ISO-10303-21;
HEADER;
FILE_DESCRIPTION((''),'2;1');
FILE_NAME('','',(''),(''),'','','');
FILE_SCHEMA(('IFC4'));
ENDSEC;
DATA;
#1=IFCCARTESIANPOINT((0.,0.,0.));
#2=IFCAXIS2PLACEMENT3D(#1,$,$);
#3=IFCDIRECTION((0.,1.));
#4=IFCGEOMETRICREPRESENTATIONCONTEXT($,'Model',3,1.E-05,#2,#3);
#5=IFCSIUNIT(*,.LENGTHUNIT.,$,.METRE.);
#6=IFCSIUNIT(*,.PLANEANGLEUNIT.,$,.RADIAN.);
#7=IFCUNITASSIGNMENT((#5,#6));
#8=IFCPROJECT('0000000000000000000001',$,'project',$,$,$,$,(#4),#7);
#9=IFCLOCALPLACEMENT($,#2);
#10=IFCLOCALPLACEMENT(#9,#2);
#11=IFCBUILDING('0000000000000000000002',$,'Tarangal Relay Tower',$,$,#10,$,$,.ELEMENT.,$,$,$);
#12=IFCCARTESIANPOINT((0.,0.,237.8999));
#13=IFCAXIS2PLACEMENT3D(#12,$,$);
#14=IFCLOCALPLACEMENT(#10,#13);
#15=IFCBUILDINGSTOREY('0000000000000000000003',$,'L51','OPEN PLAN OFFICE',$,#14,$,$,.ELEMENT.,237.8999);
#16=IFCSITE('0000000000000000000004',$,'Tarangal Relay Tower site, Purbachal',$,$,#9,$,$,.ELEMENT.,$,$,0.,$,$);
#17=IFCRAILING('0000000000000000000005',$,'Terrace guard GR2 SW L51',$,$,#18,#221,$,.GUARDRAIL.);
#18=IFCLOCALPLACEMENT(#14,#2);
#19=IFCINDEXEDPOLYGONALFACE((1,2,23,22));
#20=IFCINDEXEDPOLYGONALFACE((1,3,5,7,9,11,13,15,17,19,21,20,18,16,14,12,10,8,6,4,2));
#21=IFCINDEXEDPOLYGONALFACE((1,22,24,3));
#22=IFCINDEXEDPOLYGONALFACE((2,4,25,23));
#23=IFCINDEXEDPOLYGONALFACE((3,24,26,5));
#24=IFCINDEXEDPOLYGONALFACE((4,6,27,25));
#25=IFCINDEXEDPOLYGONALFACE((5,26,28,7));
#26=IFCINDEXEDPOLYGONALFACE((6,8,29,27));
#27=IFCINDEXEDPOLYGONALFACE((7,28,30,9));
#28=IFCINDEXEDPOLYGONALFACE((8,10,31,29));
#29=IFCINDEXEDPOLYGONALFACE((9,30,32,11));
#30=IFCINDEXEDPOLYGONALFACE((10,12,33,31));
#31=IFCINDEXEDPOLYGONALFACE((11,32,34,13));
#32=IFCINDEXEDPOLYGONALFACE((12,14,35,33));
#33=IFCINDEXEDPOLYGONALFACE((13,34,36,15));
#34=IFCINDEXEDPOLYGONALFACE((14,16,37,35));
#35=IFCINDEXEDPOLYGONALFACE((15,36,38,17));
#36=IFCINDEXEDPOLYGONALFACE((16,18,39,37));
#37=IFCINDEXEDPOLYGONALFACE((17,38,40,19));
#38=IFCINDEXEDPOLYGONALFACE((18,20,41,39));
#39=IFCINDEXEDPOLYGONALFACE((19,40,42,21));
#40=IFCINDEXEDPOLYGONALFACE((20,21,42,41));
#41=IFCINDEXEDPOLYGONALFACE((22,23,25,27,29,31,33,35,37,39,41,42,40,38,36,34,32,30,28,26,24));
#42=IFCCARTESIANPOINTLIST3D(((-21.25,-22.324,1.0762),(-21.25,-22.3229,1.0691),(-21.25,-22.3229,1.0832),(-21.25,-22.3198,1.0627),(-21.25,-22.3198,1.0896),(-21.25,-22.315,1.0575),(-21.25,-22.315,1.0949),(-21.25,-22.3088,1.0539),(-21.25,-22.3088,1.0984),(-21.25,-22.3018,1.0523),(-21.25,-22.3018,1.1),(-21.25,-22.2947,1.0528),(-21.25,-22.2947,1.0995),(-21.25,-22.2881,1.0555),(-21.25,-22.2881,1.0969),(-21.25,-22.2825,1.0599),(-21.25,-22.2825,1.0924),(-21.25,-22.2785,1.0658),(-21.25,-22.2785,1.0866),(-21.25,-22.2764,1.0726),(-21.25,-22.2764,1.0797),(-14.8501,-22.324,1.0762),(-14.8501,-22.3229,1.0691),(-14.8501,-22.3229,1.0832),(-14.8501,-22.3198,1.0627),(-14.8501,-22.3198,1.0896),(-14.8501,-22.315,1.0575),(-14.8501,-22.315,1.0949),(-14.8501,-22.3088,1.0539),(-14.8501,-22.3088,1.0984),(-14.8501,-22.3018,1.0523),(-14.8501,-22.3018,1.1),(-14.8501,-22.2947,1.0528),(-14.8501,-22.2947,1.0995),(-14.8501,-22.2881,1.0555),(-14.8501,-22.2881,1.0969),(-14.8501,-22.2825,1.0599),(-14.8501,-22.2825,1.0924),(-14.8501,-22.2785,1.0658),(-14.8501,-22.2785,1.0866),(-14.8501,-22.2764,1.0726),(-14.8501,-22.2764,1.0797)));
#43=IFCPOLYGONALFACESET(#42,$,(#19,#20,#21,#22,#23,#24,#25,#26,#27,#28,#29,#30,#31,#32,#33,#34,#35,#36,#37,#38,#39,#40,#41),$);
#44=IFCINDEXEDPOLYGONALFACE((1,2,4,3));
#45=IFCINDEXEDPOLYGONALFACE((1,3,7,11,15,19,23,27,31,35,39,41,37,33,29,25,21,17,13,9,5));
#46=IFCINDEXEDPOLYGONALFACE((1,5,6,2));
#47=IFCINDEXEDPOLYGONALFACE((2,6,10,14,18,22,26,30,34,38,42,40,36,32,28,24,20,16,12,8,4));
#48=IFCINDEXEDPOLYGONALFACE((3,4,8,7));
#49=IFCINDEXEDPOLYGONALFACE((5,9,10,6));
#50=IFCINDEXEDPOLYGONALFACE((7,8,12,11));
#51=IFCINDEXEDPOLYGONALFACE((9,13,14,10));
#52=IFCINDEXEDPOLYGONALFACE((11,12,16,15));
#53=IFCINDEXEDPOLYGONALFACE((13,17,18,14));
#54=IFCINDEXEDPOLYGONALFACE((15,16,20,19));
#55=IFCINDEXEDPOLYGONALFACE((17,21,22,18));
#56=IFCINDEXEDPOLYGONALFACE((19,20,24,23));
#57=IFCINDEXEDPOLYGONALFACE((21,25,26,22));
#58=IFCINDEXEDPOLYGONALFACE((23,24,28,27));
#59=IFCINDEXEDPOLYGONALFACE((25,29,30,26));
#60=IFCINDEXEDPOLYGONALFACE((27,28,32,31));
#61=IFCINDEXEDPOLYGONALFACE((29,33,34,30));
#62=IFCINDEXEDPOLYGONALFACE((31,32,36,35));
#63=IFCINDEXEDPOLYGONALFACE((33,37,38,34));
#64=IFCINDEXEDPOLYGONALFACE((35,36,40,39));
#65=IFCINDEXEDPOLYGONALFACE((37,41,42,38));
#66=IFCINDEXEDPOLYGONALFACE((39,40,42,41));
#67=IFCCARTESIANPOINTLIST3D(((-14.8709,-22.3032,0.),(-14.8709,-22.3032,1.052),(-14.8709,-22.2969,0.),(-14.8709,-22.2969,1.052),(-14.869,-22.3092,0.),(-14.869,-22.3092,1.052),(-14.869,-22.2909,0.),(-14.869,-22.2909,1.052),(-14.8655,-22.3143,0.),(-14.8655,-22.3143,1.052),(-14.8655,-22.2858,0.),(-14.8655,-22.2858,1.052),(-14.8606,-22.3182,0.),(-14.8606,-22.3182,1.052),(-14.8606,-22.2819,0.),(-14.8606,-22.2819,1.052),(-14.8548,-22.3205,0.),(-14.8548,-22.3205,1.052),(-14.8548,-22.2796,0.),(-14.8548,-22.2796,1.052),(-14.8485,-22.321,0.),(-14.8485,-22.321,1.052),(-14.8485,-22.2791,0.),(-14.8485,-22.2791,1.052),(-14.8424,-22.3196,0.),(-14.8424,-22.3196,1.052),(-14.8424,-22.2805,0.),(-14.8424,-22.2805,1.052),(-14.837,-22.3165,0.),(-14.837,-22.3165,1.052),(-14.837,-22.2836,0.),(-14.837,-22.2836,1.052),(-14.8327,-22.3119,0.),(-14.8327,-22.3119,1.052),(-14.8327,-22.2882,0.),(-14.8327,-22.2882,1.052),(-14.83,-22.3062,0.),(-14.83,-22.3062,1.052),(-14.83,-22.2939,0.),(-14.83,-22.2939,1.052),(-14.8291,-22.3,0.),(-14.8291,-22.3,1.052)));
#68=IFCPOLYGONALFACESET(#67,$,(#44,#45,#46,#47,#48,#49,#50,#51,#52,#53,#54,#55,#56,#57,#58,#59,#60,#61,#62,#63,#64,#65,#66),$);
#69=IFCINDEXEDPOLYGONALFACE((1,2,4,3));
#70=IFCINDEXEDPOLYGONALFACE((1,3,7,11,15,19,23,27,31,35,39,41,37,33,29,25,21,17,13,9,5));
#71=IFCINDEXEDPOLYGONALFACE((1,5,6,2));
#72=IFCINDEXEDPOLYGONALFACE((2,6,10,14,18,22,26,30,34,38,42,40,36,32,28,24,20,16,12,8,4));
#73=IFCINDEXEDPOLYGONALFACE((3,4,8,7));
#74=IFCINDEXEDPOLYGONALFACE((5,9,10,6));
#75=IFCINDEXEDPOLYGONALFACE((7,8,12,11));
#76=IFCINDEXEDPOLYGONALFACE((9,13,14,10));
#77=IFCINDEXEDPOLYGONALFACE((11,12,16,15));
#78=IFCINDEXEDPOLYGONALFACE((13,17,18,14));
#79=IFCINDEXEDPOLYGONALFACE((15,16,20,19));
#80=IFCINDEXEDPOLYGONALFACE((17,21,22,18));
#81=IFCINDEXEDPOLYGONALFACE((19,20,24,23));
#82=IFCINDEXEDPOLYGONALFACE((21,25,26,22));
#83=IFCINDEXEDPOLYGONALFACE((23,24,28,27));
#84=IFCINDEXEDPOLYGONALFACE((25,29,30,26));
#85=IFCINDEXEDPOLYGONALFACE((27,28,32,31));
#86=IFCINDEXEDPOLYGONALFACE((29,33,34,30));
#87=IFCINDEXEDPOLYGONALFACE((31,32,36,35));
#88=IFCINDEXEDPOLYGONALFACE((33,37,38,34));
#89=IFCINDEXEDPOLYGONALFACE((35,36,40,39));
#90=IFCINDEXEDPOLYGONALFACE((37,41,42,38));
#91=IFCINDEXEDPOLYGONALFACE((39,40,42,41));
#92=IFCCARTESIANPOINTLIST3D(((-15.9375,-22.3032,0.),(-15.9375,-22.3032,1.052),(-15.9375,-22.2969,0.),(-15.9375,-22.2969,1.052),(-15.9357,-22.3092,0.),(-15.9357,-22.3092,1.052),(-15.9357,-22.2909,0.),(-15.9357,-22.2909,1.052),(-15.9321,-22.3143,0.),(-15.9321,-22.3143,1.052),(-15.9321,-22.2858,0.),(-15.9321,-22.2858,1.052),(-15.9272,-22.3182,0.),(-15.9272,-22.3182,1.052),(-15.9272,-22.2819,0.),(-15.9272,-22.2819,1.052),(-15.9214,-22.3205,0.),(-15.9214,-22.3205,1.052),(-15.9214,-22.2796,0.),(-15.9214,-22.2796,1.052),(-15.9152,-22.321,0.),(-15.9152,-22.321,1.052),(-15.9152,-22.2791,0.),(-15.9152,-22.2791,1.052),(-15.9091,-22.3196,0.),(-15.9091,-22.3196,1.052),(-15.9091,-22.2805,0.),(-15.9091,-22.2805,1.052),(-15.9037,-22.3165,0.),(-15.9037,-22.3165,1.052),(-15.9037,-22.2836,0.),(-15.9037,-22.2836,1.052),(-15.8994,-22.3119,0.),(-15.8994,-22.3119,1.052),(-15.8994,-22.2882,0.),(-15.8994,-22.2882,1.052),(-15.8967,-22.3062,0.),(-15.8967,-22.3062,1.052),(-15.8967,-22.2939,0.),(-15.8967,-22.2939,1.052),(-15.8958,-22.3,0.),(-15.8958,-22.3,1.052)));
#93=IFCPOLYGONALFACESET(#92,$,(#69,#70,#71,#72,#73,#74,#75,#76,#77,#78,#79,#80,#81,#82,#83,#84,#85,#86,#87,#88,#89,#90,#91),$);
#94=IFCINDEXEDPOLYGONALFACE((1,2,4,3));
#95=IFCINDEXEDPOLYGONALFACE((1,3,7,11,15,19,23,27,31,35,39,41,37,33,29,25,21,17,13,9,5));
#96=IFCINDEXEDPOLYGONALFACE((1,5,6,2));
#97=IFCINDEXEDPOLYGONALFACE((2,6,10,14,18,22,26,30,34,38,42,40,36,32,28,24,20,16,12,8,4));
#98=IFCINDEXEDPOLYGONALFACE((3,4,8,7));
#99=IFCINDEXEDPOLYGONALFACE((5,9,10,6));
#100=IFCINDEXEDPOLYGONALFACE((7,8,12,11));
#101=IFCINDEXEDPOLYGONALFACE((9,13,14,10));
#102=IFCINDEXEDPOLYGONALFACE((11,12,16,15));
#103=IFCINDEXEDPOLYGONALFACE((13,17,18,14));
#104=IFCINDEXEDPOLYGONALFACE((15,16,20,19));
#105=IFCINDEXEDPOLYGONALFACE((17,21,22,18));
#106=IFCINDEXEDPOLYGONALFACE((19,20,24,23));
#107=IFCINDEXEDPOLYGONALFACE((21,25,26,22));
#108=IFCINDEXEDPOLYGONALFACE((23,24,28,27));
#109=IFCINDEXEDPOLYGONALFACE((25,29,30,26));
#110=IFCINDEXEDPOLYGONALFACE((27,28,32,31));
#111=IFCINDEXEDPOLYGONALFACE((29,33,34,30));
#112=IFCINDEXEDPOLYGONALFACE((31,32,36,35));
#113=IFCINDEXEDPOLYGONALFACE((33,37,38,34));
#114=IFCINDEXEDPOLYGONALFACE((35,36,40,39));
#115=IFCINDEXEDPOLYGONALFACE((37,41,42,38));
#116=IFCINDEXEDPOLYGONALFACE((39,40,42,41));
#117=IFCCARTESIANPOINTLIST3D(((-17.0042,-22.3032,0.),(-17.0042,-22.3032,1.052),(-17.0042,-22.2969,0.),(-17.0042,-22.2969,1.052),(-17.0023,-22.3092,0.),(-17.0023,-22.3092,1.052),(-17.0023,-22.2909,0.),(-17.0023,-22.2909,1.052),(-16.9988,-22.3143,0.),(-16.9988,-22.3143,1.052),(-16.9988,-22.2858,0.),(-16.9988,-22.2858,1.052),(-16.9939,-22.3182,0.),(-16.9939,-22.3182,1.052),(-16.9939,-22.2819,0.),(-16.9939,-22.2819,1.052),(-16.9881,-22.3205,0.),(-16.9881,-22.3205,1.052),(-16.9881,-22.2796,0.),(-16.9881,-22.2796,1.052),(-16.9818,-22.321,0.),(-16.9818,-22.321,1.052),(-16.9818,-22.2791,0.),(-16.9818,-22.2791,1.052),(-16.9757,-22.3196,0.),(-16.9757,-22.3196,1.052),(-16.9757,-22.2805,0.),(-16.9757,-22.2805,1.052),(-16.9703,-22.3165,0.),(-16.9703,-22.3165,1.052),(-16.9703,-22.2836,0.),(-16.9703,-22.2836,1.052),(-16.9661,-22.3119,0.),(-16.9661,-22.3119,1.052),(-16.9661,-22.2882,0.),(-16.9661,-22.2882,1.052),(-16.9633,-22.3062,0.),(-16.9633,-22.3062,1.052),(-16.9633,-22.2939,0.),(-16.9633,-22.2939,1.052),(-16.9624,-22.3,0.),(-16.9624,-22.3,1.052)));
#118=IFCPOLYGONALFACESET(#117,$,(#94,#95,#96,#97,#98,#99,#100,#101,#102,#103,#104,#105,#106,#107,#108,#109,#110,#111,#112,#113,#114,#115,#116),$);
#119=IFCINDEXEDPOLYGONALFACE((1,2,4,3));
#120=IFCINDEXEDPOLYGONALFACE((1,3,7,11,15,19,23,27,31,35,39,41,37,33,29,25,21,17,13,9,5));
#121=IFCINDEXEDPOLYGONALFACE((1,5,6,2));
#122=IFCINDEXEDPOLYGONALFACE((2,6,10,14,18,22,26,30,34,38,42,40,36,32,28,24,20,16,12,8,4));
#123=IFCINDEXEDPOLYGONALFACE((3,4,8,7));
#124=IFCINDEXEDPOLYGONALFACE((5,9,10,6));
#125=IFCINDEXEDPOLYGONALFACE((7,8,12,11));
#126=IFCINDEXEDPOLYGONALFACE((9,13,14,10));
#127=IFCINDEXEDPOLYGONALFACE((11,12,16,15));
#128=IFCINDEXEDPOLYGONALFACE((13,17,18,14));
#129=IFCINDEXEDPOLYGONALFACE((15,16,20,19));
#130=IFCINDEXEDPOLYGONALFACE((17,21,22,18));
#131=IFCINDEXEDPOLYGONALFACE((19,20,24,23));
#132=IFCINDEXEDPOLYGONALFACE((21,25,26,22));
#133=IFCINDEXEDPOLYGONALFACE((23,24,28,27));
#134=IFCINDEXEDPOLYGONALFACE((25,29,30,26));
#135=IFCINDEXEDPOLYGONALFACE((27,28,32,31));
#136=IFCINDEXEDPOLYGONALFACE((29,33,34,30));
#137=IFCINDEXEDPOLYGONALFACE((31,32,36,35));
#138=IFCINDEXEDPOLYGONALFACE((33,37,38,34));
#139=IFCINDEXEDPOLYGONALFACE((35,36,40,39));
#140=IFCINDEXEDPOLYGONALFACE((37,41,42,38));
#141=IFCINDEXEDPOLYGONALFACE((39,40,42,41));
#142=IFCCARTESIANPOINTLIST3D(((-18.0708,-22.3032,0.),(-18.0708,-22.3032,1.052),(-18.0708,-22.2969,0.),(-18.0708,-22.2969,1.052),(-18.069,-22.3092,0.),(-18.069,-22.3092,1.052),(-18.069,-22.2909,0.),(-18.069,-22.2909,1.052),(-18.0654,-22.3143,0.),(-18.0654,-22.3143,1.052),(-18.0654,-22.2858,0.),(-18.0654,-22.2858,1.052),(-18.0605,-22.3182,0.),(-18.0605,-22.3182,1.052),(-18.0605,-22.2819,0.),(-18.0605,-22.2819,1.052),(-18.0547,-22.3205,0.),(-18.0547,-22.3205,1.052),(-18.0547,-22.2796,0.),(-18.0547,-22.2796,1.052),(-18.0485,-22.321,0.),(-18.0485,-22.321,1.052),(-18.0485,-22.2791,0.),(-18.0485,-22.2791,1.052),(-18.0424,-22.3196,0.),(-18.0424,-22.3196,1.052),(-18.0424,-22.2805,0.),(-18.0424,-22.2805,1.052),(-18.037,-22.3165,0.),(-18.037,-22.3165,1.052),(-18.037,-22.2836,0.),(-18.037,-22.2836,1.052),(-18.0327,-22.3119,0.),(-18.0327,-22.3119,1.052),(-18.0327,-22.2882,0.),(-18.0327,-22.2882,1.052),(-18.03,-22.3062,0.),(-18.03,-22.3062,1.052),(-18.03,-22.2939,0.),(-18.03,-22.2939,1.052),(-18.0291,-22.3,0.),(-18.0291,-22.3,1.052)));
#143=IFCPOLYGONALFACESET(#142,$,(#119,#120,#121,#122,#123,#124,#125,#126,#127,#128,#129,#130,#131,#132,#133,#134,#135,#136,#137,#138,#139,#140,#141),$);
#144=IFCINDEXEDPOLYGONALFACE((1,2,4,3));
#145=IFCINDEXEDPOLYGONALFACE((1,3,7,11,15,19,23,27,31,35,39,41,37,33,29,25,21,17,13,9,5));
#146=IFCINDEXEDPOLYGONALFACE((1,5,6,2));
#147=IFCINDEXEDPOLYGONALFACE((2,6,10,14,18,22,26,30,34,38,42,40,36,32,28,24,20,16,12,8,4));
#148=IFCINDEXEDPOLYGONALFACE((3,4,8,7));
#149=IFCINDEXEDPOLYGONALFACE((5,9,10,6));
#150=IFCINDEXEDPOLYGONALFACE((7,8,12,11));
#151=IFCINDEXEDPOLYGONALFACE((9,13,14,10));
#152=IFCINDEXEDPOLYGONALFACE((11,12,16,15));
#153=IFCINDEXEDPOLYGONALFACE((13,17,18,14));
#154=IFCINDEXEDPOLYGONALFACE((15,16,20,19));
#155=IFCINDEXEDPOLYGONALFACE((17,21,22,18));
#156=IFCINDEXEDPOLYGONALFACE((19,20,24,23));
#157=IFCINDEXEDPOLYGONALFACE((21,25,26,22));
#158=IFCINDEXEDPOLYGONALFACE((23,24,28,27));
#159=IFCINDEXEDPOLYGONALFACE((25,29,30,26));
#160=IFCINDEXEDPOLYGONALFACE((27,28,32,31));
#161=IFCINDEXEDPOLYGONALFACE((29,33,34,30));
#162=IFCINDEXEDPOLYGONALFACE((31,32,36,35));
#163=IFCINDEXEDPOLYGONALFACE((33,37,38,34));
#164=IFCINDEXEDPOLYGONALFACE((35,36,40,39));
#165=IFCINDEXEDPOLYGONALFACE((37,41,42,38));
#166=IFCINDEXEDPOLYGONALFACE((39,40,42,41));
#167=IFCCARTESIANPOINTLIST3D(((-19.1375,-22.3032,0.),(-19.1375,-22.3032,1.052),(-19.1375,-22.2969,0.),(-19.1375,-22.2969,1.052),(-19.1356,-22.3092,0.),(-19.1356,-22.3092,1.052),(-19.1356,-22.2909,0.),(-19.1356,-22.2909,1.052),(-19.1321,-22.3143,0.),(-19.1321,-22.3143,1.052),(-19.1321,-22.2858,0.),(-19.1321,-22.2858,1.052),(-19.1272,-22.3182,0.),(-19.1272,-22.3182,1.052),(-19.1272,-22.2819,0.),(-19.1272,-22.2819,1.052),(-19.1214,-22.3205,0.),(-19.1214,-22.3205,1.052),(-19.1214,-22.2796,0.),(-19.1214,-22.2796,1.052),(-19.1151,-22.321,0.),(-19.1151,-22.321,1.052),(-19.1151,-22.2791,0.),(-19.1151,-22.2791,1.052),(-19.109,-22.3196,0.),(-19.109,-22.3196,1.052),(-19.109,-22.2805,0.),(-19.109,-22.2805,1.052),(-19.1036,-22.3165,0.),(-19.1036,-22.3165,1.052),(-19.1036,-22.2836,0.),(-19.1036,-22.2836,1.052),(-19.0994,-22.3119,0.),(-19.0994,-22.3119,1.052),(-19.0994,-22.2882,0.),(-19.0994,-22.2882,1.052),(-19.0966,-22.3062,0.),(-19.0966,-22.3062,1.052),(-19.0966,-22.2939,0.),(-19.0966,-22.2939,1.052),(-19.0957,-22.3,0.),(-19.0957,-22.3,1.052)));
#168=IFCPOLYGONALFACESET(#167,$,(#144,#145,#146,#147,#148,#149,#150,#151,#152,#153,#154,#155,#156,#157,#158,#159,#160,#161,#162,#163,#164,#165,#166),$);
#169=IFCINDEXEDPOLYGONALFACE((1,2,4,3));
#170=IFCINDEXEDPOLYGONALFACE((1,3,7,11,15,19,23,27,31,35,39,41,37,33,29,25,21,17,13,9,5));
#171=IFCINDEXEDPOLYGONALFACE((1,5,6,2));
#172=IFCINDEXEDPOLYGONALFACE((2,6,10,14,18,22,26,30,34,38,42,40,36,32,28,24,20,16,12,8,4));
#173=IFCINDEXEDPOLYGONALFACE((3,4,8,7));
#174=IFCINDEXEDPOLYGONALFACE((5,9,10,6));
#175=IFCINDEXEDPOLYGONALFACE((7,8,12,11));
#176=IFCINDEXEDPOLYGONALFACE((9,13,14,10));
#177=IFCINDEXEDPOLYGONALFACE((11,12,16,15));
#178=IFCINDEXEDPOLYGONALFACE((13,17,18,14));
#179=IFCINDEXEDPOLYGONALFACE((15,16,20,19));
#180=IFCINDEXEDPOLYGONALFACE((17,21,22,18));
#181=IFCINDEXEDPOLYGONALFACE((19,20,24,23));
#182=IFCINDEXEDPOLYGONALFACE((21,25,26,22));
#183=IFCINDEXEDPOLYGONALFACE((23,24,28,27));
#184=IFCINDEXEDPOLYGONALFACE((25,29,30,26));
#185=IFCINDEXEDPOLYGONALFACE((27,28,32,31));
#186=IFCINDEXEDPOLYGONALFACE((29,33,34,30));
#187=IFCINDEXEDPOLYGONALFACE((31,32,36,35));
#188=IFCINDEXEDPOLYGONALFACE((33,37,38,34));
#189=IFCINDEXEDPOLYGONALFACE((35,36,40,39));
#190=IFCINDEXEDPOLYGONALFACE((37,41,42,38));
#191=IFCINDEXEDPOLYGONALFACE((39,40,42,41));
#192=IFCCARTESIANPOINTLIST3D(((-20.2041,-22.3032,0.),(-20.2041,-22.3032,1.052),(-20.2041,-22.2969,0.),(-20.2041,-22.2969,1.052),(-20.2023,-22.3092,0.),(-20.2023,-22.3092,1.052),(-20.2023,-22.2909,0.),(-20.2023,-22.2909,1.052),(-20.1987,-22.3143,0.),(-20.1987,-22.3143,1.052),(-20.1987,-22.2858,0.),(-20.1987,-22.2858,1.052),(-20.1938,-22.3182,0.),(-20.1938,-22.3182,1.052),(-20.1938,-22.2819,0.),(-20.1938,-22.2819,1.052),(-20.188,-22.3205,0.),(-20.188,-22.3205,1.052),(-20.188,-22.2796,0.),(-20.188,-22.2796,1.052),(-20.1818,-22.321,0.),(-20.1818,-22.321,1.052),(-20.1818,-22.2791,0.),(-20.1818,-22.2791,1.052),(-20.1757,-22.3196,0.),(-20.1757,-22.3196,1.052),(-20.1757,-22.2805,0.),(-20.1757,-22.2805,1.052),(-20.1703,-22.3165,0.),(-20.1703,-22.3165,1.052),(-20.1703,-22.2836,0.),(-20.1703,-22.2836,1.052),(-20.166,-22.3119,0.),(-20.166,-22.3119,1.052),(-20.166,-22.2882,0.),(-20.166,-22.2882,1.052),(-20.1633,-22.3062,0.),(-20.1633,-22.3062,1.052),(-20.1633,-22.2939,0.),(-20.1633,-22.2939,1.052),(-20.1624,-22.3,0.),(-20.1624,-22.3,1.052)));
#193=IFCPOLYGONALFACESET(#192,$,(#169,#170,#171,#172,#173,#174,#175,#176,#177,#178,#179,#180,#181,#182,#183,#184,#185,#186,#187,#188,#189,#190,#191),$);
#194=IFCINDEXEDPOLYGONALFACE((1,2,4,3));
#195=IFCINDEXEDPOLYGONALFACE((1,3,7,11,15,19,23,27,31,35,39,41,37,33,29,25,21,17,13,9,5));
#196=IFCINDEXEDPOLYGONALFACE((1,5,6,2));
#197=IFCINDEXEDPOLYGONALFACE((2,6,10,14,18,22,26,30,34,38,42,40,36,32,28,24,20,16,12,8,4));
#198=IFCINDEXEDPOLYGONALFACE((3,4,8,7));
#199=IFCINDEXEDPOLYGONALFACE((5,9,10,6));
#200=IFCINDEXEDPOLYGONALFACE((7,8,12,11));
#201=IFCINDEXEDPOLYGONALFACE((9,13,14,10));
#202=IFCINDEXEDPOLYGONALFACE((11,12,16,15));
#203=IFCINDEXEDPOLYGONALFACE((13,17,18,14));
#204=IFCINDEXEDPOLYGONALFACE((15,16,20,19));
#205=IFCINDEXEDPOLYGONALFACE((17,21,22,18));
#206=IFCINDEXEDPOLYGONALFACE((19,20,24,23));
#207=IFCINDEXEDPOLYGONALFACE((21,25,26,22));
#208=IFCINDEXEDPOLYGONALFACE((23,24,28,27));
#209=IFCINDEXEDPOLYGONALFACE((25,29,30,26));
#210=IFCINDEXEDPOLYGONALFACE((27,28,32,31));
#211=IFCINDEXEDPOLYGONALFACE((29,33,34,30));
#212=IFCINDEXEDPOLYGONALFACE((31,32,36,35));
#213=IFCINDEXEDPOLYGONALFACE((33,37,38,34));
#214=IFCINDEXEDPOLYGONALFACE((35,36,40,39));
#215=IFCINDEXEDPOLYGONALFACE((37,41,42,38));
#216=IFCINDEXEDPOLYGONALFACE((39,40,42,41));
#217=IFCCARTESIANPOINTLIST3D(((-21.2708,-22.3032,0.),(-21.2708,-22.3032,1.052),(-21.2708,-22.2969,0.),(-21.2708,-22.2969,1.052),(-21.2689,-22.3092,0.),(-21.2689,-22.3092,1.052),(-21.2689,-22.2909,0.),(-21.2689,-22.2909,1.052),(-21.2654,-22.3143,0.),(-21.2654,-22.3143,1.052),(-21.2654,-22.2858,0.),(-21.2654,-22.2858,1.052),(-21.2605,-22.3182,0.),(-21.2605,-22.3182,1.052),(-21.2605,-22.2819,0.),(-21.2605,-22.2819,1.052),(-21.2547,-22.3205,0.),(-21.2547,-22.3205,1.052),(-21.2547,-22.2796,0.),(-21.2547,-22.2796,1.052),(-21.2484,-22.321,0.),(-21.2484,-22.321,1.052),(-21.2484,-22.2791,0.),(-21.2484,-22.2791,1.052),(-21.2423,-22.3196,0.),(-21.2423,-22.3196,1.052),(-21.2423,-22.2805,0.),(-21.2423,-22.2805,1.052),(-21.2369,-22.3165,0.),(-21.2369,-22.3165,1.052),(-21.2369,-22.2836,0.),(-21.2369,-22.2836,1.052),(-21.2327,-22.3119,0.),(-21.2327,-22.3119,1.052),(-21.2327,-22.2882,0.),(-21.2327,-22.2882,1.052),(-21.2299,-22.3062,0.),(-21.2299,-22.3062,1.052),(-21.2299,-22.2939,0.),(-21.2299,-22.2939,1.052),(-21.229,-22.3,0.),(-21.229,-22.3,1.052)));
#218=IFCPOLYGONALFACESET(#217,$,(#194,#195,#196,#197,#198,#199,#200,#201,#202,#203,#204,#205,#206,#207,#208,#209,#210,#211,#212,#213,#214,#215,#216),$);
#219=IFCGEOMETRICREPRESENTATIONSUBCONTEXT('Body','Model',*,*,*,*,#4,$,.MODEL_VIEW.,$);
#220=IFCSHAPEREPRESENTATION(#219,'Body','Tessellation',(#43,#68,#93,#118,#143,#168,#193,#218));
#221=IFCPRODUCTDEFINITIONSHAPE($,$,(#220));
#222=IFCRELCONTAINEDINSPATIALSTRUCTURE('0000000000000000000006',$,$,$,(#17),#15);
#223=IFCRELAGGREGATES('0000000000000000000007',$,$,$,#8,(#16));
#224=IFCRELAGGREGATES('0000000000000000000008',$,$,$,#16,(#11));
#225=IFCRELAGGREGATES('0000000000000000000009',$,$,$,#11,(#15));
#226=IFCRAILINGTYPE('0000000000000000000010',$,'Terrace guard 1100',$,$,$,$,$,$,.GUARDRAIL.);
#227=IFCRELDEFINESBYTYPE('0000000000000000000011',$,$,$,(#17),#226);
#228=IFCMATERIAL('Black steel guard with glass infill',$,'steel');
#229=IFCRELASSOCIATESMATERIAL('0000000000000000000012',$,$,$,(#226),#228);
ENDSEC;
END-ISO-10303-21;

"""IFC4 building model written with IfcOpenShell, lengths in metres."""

from ifc_helpers import new_model, si_unit, direction, frame, origin, origin_2d, place, context, subcontext, project, spatial, circle, extrude, material, type_object, element, save


model = new_model("IFC4")

# Units and contexts
model_context = context("Model", 3, precision=1e-05, world=origin(), true_north=direction((0.0, 1.0)))
body_context = subcontext(model_context, "Body", "Model", "MODEL_VIEW")
ifc_project = project(units=[si_unit("LENGTHUNIT", "METRE"), si_unit("PLANEANGLEUNIT", "RADIAN")], contexts=[model_context])

# Site, building, storey
site_placement = place(None, origin())
site = spatial("IfcSite", under=ifc_project, at=site_placement, Name="Tarangal Relay Tower site, Purbachal", CompositionType="ELEMENT", RefElevation=0.0)
building_placement = place(site_placement, origin())
building = spatial("IfcBuilding", under=site, at=building_placement, Name="Tarangal Relay Tower", CompositionType="ELEMENT")
storey_placement = place(building_placement, frame((0.0, 0.0, 237.8999)))
storey = spatial("IfcBuildingStorey", under=building, at=storey_placement, Name="L51", Description="OPEN PLAN OFFICE", CompositionType="ELEMENT", Elevation=237.8999)

# Railing
ifc_material_1 = material(Name="Black steel guard with glass infill", Category="steel")
railing_type = type_object("IfcRailingType", Name="Terrace guard 1100", PredefinedType="GUARDRAIL", material=ifc_material_1)
railing_1_placement = place(storey_placement, frame((-14.8501, -22.3, 0.0)))
element("IfcRailing", 1, at=railing_1_placement, inside=storey, type_object=railing_type, Name="Terrace guard GR2 SW L51", PredefinedType="GUARDRAIL", context=body_context, shape_type="SweptSolid", body=[
    extrude(circle(Radius=0.0239, at=origin_2d()), frame((0.0, 0.0, 1.0762), z_axis=(-1.0, 0.0, 0.0), x_axis=(0.0, -1.0, 0.0)), (0.0, 0.0, 1.0), 6.3999),
    extrude(circle(Radius=0.021, at=origin_2d()), origin(), (0.0, 0.0, 1.0), 1.052),
    extrude(circle(Radius=0.021, at=origin_2d()), frame((-1.0667, 0.0, 0.0)), (0.0, 0.0, 1.0), 1.052),
    extrude(circle(Radius=0.021, at=origin_2d()), frame((-2.1333, 0.0, 0.0)), (0.0, 0.0, 1.0), 1.052),
    extrude(circle(Radius=0.021, at=origin_2d()), frame((-3.2, 0.0, 0.0)), (0.0, 0.0, 1.0), 1.052),
    extrude(circle(Radius=0.021, at=origin_2d()), frame((-4.2666, 0.0, 0.0)), (0.0, 0.0, 1.0), 1.052),
    extrude(circle(Radius=0.021, at=origin_2d()), frame((-5.3333, 0.0, 0.0)), (0.0, 0.0, 1.0), 1.052),
    extrude(circle(Radius=0.021, at=origin_2d()), frame((-6.3999, 0.0, 0.0)), (0.0, 0.0, 1.0), 1.052),
])

save(model, "model.ifc")
